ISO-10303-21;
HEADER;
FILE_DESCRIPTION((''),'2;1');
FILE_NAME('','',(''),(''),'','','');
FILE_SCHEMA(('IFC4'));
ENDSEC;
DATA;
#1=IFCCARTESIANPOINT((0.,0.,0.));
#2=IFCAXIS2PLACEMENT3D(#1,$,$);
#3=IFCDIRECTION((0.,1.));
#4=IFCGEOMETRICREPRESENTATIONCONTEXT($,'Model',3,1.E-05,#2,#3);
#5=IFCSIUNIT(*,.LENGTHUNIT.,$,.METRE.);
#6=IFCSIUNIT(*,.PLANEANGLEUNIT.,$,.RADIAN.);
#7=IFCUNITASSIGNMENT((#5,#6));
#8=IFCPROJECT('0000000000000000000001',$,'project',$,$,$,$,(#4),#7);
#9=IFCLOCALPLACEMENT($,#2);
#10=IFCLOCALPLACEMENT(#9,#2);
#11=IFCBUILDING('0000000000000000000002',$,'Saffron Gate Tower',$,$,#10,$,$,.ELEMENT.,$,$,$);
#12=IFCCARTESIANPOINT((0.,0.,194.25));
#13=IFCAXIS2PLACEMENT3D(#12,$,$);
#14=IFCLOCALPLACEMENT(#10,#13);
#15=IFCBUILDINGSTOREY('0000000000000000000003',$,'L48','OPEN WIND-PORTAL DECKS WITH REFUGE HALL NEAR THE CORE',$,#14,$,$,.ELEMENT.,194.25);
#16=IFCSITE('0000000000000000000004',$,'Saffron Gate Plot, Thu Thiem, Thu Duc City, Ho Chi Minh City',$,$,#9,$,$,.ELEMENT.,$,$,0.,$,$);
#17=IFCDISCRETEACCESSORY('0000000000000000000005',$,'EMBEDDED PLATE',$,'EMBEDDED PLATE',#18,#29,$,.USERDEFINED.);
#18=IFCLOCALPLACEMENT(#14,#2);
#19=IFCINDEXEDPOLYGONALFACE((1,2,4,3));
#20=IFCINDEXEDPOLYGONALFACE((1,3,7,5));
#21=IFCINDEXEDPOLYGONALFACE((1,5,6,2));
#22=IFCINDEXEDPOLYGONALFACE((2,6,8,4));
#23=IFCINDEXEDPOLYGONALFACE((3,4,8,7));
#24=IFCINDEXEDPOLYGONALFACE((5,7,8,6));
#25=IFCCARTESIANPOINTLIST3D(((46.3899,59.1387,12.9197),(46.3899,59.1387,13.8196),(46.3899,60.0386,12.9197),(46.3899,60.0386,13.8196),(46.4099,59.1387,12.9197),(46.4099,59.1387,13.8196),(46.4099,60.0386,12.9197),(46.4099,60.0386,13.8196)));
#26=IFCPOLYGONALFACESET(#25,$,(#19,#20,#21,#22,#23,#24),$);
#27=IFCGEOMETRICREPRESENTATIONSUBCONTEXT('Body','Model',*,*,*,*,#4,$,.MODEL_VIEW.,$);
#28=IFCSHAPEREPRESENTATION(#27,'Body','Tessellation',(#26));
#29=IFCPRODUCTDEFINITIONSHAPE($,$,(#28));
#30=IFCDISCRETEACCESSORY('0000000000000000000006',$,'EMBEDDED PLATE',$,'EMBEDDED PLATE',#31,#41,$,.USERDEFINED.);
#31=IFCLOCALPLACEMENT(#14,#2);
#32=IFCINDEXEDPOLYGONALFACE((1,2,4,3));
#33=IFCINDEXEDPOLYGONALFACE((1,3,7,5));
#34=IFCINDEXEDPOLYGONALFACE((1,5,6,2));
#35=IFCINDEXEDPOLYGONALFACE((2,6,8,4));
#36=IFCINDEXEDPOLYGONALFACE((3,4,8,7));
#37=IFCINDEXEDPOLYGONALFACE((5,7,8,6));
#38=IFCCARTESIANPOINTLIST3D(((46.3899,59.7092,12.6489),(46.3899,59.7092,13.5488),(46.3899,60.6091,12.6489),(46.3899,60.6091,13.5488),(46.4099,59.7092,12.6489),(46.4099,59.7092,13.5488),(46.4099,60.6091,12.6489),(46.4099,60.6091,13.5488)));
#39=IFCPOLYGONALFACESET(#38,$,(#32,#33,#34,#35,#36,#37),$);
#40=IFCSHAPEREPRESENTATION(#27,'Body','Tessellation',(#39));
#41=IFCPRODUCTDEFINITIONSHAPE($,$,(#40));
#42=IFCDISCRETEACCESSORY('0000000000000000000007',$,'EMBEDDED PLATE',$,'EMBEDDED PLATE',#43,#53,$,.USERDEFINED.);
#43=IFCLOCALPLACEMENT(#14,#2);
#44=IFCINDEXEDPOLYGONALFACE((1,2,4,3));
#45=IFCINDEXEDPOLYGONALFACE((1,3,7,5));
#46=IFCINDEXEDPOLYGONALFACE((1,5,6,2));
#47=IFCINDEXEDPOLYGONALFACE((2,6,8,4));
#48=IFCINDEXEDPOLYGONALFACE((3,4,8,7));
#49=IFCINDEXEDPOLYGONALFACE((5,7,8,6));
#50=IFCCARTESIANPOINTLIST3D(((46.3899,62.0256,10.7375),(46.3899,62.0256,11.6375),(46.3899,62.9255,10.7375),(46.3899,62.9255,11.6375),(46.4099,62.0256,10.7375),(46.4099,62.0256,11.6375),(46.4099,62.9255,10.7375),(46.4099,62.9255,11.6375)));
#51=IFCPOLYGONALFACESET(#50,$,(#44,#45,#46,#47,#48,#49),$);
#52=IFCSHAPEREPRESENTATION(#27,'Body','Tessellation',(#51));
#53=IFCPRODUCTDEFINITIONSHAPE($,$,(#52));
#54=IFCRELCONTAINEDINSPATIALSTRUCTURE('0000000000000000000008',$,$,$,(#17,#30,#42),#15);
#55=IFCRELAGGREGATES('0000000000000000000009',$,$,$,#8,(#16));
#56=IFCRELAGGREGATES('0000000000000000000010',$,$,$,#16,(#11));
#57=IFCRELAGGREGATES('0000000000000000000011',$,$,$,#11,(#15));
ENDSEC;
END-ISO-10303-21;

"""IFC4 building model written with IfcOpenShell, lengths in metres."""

from ifc_helpers import new_model, si_unit, direction, frame, origin, origin_2d, place, context, subcontext, project, spatial, rectangle, extrude, element, save


model = new_model("IFC4")

# Units and contexts
model_context = context("Model", 3, precision=1e-05, world=origin(), true_north=direction((0.0, 1.0)))
body_context = subcontext(model_context, "Body", "Model", "MODEL_VIEW")
ifc_project = project(units=[si_unit("LENGTHUNIT", "METRE"), si_unit("PLANEANGLEUNIT", "RADIAN")], contexts=[model_context])

# Site, building, storey
site_placement = place(None, origin())
site = spatial("IfcSite", under=ifc_project, at=site_placement, Name="Saffron Gate Plot, Thu Thiem, Thu Duc City, Ho Chi Minh City", CompositionType="ELEMENT", RefElevation=0.0)
building_placement = place(site_placement, origin())
building = spatial("IfcBuilding", under=site, at=building_placement, Name="Saffron Gate Tower", CompositionType="ELEMENT")
storey_placement = place(building_placement, frame((0.0, 0.0, 194.25)))
storey = spatial("IfcBuildingStorey", under=building, at=storey_placement, Name="L48", Description="OPEN WIND-PORTAL DECKS WITH REFUGE HALL NEAR THE CORE", CompositionType="ELEMENT", Elevation=194.25)

# Discrete accessories
for number, where, z_axis, x_axis, name in (
    (1, (46.3999, 59.5886, 12.9197), (0.0, 0.0, 1.0), (0.0, 1.0, 0.0), "EMBEDDED PLATE"),
    (2, (46.3999, 60.1592, 12.6489), (0.0, 0.0, 1.0), (0.0, 1.0, 0.0), "EMBEDDED PLATE"),
    (3, (46.3999, 62.4756, 10.7375), (0.0, 0.0, 1.0), (0.0, 1.0, 0.0), "EMBEDDED PLATE"),
):
    element("IfcDiscreteAccessory", number, at=place(storey_placement, frame(where, z_axis=z_axis, x_axis=x_axis)), inside=storey, Name=name, ObjectType="EMBEDDED PLATE", PredefinedType="USERDEFINED", context=body_context, shape_type="SweptSolid", body=[
        extrude(rectangle(XDim=0.8999, YDim=0.02, at=origin_2d()), origin(), (0.0, 0.0, 1.0), 0.8999),
    ])

save(model, "model.ifc")
